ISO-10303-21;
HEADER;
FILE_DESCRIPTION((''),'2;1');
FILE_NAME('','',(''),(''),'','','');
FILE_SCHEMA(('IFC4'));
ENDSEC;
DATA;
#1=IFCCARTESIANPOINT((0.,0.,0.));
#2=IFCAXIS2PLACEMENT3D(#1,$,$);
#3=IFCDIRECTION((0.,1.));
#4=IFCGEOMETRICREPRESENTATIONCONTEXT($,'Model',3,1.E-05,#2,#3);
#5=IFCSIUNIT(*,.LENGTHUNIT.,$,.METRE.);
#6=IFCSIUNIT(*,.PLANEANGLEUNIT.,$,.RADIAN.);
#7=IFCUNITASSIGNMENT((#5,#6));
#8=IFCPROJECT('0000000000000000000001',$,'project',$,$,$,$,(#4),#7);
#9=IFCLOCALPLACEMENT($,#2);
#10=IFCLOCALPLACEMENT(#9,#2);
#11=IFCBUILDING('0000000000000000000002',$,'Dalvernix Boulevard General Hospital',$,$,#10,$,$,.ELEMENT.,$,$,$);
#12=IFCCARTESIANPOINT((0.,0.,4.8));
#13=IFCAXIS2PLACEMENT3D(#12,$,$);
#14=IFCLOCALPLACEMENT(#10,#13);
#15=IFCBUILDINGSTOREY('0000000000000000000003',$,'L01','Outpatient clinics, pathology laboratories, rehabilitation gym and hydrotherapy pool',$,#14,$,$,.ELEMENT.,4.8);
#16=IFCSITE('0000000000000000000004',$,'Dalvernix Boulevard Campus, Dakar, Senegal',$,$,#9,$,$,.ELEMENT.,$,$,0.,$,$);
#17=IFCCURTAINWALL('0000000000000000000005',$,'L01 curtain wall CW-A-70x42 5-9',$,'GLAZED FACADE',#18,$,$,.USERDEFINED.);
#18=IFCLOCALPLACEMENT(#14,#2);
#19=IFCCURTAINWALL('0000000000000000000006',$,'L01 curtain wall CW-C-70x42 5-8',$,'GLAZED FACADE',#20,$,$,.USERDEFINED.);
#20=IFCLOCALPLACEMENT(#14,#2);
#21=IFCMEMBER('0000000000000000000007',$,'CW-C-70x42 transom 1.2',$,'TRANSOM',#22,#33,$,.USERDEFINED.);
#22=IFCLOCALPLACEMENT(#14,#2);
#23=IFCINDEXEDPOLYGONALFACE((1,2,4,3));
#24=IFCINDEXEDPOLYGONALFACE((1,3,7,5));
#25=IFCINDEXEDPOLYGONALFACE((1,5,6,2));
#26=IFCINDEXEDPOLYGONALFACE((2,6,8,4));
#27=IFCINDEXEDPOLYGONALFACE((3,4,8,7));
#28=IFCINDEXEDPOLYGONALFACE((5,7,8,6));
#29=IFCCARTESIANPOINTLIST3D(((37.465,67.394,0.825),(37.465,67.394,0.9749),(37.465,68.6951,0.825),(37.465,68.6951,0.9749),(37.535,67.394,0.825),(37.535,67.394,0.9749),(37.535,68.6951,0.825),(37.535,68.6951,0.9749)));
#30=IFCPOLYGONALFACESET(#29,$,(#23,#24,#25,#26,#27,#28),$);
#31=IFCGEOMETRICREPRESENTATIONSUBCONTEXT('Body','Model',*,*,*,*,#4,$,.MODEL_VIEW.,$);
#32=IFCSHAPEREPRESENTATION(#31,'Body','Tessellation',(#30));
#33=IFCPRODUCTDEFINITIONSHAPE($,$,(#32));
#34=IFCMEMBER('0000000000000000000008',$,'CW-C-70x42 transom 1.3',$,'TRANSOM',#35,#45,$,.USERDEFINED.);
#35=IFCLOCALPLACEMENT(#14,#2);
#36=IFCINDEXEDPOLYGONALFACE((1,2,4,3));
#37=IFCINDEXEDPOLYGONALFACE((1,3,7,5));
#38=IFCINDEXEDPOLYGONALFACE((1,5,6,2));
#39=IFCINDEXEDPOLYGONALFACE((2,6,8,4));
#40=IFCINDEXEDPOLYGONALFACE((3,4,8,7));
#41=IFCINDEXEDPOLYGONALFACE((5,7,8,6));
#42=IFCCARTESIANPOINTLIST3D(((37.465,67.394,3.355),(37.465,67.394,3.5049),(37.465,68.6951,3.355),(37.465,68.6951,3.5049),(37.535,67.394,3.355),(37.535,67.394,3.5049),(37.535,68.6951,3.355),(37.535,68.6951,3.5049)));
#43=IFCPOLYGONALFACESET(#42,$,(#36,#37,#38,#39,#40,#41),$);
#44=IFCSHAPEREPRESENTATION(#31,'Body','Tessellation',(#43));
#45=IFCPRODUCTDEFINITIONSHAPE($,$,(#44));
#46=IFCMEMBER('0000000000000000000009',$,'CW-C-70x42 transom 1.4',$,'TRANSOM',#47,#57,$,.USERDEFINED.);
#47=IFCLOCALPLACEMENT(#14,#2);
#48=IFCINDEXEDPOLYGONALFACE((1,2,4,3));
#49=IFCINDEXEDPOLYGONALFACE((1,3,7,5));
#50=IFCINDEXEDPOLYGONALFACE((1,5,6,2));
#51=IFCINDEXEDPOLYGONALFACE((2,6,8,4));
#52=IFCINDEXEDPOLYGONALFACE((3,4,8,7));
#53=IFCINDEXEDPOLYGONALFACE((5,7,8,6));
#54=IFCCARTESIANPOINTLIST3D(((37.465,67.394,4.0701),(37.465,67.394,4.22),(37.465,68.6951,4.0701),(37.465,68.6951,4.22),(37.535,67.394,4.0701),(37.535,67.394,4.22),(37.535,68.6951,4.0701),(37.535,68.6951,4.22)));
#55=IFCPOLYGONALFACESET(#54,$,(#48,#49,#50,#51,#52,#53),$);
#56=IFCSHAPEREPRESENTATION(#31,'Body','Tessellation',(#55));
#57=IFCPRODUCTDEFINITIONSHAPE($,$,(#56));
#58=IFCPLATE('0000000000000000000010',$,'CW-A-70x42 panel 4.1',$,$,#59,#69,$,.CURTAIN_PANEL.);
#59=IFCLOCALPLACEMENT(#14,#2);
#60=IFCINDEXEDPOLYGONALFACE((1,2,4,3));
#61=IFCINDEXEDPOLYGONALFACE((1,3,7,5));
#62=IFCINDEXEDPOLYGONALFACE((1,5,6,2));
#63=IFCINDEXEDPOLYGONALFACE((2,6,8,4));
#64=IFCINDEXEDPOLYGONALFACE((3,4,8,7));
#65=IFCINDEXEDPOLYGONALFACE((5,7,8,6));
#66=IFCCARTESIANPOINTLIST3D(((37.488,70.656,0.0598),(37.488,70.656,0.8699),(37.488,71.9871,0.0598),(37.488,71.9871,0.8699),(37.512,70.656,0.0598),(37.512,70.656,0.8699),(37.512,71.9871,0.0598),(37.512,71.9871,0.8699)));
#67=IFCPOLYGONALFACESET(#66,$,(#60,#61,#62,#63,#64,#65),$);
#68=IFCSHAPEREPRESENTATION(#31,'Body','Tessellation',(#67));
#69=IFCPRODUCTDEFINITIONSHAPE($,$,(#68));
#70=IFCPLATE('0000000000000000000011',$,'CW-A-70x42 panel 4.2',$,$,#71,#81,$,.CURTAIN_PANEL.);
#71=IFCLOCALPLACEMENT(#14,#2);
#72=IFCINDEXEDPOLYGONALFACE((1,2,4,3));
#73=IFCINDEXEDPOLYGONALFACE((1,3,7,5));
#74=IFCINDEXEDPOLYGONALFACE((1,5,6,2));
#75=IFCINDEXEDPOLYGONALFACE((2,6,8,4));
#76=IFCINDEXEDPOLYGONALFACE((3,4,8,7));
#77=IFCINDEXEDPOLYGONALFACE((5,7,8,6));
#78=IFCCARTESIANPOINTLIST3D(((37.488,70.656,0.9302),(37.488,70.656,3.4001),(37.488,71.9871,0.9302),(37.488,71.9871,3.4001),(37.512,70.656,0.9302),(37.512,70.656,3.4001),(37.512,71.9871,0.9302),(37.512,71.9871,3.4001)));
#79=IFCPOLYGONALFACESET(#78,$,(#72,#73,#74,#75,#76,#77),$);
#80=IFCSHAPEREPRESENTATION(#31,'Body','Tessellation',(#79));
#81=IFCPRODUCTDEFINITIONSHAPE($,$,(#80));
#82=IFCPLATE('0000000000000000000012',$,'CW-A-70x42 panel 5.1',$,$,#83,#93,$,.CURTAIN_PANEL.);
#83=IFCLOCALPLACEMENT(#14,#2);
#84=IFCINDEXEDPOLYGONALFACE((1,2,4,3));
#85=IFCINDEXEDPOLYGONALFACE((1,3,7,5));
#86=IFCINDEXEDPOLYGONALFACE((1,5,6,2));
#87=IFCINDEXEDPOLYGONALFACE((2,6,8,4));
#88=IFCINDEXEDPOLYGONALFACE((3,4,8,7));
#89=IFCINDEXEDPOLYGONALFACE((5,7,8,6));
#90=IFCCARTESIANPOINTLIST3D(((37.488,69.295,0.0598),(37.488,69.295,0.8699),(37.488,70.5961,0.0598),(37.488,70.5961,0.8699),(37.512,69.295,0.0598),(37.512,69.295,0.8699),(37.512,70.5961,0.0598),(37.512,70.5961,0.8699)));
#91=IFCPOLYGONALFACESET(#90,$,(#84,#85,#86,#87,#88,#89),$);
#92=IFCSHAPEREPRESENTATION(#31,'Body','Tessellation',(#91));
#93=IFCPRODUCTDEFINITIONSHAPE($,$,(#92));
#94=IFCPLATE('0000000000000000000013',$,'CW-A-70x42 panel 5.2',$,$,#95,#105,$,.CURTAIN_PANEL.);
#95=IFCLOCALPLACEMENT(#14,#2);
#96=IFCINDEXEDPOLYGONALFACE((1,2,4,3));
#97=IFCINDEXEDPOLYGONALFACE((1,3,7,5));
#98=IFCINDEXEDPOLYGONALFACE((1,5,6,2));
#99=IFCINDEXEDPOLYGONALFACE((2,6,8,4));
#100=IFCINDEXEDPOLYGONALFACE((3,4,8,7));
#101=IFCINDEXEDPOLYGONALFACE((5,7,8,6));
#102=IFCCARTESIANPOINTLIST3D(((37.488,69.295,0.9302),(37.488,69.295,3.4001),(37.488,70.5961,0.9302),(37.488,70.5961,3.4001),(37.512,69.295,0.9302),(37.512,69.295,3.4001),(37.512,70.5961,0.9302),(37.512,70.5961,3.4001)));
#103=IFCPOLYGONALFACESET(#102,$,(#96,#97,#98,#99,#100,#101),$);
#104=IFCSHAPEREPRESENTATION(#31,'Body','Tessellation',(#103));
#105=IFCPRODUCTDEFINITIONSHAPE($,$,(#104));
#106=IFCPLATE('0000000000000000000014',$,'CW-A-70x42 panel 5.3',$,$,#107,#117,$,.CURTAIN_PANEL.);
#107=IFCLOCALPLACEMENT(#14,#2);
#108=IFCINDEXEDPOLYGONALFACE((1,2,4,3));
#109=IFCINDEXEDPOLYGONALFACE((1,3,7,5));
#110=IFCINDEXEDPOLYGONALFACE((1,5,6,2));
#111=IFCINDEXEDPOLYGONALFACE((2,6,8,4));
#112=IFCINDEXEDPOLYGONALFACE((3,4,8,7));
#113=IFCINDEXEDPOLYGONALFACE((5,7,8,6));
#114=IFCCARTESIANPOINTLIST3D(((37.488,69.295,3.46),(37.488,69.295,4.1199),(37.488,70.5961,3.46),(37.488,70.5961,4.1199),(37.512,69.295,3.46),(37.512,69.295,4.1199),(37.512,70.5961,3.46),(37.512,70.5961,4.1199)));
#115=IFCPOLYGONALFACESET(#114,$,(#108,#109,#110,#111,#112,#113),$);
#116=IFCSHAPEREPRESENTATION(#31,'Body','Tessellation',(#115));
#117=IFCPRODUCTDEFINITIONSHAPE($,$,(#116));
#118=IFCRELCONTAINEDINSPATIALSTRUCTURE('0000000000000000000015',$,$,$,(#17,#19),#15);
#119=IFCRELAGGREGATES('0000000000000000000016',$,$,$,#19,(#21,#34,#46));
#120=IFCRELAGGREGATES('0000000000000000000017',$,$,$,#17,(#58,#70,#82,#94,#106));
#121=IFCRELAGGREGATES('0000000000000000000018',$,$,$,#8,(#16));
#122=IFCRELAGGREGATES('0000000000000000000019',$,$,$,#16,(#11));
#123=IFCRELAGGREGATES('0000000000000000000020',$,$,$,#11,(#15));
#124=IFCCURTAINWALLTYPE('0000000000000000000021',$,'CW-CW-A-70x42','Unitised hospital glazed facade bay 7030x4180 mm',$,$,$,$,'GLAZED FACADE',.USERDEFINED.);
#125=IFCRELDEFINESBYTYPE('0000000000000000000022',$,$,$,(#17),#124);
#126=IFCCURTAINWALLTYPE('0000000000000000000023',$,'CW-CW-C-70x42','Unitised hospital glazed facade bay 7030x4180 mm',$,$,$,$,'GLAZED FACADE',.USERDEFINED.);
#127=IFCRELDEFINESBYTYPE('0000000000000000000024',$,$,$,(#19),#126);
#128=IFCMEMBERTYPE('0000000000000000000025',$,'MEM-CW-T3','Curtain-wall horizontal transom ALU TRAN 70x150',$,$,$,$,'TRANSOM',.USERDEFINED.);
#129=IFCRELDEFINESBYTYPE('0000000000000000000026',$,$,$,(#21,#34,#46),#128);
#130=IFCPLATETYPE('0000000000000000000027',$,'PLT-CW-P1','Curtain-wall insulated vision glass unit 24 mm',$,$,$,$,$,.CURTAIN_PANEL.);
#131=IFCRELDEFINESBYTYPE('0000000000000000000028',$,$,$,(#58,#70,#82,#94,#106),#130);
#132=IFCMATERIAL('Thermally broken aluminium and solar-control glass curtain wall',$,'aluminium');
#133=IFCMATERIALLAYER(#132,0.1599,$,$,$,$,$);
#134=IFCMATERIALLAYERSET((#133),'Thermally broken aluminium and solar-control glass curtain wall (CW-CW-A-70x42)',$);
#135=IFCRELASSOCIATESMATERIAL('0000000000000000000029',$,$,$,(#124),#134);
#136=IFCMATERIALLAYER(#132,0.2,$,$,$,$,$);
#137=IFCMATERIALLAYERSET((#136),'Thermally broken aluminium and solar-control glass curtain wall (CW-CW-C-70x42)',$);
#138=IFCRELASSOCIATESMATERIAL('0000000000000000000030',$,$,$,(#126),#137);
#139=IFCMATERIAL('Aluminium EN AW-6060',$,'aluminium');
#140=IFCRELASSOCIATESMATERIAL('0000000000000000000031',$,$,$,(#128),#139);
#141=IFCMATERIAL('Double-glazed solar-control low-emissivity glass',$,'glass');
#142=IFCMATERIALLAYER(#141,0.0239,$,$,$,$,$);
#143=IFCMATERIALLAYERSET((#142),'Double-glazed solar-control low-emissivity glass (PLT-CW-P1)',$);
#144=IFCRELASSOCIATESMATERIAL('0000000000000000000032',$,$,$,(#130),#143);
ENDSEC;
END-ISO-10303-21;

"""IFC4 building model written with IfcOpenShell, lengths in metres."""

from ifc_helpers import new_model, si_unit, direction, frame, origin, origin_2d, place, context, subcontext, project, spatial, rectangle, extrude, material, layer, layer_set, material_profile, profile_set, type_object, element, aggregate, save


model = new_model("IFC4")

# Units and contexts
model_context = context("Model", 3, precision=1e-05, world=origin(), true_north=direction((0.0, 1.0)))
body_context = subcontext(model_context, "Body", "Model", "MODEL_VIEW")
ifc_project = project(units=[si_unit("LENGTHUNIT", "METRE"), si_unit("PLANEANGLEUNIT", "RADIAN")], contexts=[model_context])

# Site, building, storey
site_placement = place(None, origin())
site = spatial("IfcSite", under=ifc_project, at=site_placement, Name="Dalvernix Boulevard Campus, Dakar, Senegal", CompositionType="ELEMENT", RefElevation=0.0)
building_placement = place(site_placement, origin())
building = spatial("IfcBuilding", under=site, at=building_placement, Name="Dalvernix Boulevard General Hospital", CompositionType="ELEMENT")
storey_placement = place(building_placement, frame((0.0, 0.0, 4.8)))
storey = spatial("IfcBuildingStorey", under=building, at=storey_placement, Name="L01", Description="Outpatient clinics, pathology laboratories, rehabilitation gym and hydrotherapy pool", CompositionType="ELEMENT", Elevation=4.8)

# Curtain wall
ifc_material_1 = material(Name="Thermally broken aluminium and solar-control glass curtain wall", Category="aluminium")
ifc_layer_1 = layer(ifc_material_1, 0.1599)
ifc_layer_set_1 = layer_set([ifc_layer_1], Name="Thermally broken aluminium and solar-control glass curtain wall (CW-CW-A-70x42)")
curtain_wall_type_1 = type_object("IfcCurtainWallType", Name="CW-CW-A-70x42", Description="Unitised hospital glazed facade bay 7030x4180 mm", ElementType="GLAZED FACADE", PredefinedType="USERDEFINED", material=ifc_layer_set_1)
curtain_wall_1_placement = place(storey_placement, origin())
curtain_wall_1 = element("IfcCurtainWall", 1, at=curtain_wall_1_placement, inside=storey, type_object=curtain_wall_type_1, Name="L01 curtain wall CW-A-70x42 5-9", ObjectType="GLAZED FACADE", PredefinedType="USERDEFINED")
ifc_material_2 = material(Name="Aluminium EN AW-6060", Category="aluminium")

# Curtain wall
ifc_layer_2 = layer(ifc_material_1, 0.2)
ifc_layer_set_2 = layer_set([ifc_layer_2], Name="Thermally broken aluminium and solar-control glass curtain wall (CW-CW-C-70x42)")
curtain_wall_type_2 = type_object("IfcCurtainWallType", Name="CW-CW-C-70x42", Description="Unitised hospital glazed facade bay 7030x4180 mm", ElementType="GLAZED FACADE", PredefinedType="USERDEFINED", material=ifc_layer_set_2)
curtain_wall_2_placement = place(storey_placement, origin())
curtain_wall_2 = element("IfcCurtainWall", 2, at=curtain_wall_2_placement, inside=storey, type_object=curtain_wall_type_2, Name="L01 curtain wall CW-C-70x42 5-8", ObjectType="GLAZED FACADE", PredefinedType="USERDEFINED")

# Members
ifc_material_profile_1 = material_profile(ifc_material_2, rectangle(XDim=0.0701, YDim=0.1499, at=origin_2d()), Name="ALU TRAN 70x150")
ifc_profile_set_1 = profile_set([ifc_material_profile_1], Name="Aluminium EN AW-6060")
member_type_1 = type_object("IfcMemberType", Name="MEM-CW-T3", Description="Curtain-wall horizontal transom ALU TRAN 70x150", ElementType="TRANSOM", PredefinedType="USERDEFINED", material=ifc_profile_set_1)
member_1_placement = place(storey_placement, frame((37.5, 68.6951, 0.8999), z_axis=(0.0, -1.0, 0.0), x_axis=(1.0, 0.0, 0.0)))
member_1 = element("IfcMember", 3, at=member_1_placement, type_object=member_type_1, Name="CW-C-70x42 transom 1.2", ObjectType="TRANSOM", PredefinedType="USERDEFINED", context=body_context, shape_type="SweptSolid", body=[
    extrude(rectangle(XDim=0.0701, YDim=0.1499, at=origin_2d()), origin(), (0.0, 0.0, 1.0), 1.301),
])
member_2_placement = place(storey_placement, frame((37.5, 68.6951, 3.4299), z_axis=(0.0, -1.0, 0.0), x_axis=(1.0, 0.0, 0.0)))
member_2 = element("IfcMember", 4, at=member_2_placement, type_object=member_type_1, Name="CW-C-70x42 transom 1.3", ObjectType="TRANSOM", PredefinedType="USERDEFINED", context=body_context, shape_type="SweptSolid", body=[
    extrude(rectangle(XDim=0.0701, YDim=0.1499, at=origin_2d()), origin(), (0.0, 0.0, 1.0), 1.301),
])
member_3_placement = place(storey_placement, frame((37.5, 68.6951, 4.145), z_axis=(0.0, -1.0, 0.0), x_axis=(1.0, 0.0, 0.0)))
member_3 = element("IfcMember", 5, at=member_3_placement, type_object=member_type_1, Name="CW-C-70x42 transom 1.4", ObjectType="TRANSOM", PredefinedType="USERDEFINED", context=body_context, shape_type="SweptSolid", body=[
    extrude(rectangle(XDim=0.0701, YDim=0.1499, at=origin_2d()), origin(), (0.0, 0.0, 1.0), 1.301),
])
aggregate(curtain_wall_2, [member_1, member_2, member_3])

# Plates
ifc_material_3 = material(Name="Double-glazed solar-control low-emissivity glass", Category="glass")
ifc_layer_3 = layer(ifc_material_3, 0.0239)
ifc_layer_set_3 = layer_set([ifc_layer_3], Name="Double-glazed solar-control low-emissivity glass (PLT-CW-P1)")
plate_type = type_object("IfcPlateType", Name="PLT-CW-P1", Description="Curtain-wall insulated vision glass unit 24 mm", PredefinedType="CURTAIN_PANEL", material=ifc_layer_set_3)
plate_1_placement = place(storey_placement, frame((37.5, 71.3215, 0.0598), z_axis=(0.0, 0.0, 1.0), x_axis=(0.0, -1.0, 0.0)))
plate_1 = element("IfcPlate", 6, at=plate_1_placement, type_object=plate_type, Name="CW-A-70x42 panel 4.1", PredefinedType="CURTAIN_PANEL", context=body_context, shape_type="SweptSolid", body=[
    extrude(rectangle(XDim=1.3311, YDim=0.0239, at=origin_2d()), origin(), (0.0, 0.0, 1.0), 0.8101),
])
plate_2_placement = place(storey_placement, frame((37.5, 71.3215, 0.9302), z_axis=(0.0, 0.0, 1.0), x_axis=(0.0, -1.0, 0.0)))
plate_2 = element("IfcPlate", 7, at=plate_2_placement, type_object=plate_type, Name="CW-A-70x42 panel 4.2", PredefinedType="CURTAIN_PANEL", context=body_context, shape_type="SweptSolid", body=[
    extrude(rectangle(XDim=1.3311, YDim=0.0239, at=origin_2d()), origin(), (0.0, 0.0, 1.0), 2.47),
])
plate_3_placement = place(storey_placement, frame((37.5, 69.9456, 0.0598), z_axis=(0.0, 0.0, 1.0), x_axis=(0.0, -1.0, 0.0)))
plate_3 = element("IfcPlate", 8, at=plate_3_placement, type_object=plate_type, Name="CW-A-70x42 panel 5.1", PredefinedType="CURTAIN_PANEL", context=body_context, shape_type="SweptSolid", body=[
    extrude(rectangle(XDim=1.301, YDim=0.0239, at=origin_2d()), origin(), (0.0, 0.0, 1.0), 0.8101),
])
plate_4_placement = place(storey_placement, frame((37.5, 69.9456, 0.9302), z_axis=(0.0, 0.0, 1.0), x_axis=(0.0, -1.0, 0.0)))
plate_4 = element("IfcPlate", 9, at=plate_4_placement, type_object=plate_type, Name="CW-A-70x42 panel 5.2", PredefinedType="CURTAIN_PANEL", context=body_context, shape_type="SweptSolid", body=[
    extrude(rectangle(XDim=1.301, YDim=0.0239, at=origin_2d()), origin(), (0.0, 0.0, 1.0), 2.47),
])
plate_5_placement = place(storey_placement, frame((37.5, 69.9456, 3.46), z_axis=(0.0, 0.0, 1.0), x_axis=(0.0, -1.0, 0.0)))
plate_5 = element("IfcPlate", 10, at=plate_5_placement, type_object=plate_type, Name="CW-A-70x42 panel 5.3", PredefinedType="CURTAIN_PANEL", context=body_context, shape_type="SweptSolid", body=[
    extrude(rectangle(XDim=1.301, YDim=0.0239, at=origin_2d()), origin(), (0.0, 0.0, 1.0), 0.6599),
])
aggregate(curtain_wall_1, [plate_1, plate_2, plate_3, plate_4, plate_5])

save(model, "model.ifc")
